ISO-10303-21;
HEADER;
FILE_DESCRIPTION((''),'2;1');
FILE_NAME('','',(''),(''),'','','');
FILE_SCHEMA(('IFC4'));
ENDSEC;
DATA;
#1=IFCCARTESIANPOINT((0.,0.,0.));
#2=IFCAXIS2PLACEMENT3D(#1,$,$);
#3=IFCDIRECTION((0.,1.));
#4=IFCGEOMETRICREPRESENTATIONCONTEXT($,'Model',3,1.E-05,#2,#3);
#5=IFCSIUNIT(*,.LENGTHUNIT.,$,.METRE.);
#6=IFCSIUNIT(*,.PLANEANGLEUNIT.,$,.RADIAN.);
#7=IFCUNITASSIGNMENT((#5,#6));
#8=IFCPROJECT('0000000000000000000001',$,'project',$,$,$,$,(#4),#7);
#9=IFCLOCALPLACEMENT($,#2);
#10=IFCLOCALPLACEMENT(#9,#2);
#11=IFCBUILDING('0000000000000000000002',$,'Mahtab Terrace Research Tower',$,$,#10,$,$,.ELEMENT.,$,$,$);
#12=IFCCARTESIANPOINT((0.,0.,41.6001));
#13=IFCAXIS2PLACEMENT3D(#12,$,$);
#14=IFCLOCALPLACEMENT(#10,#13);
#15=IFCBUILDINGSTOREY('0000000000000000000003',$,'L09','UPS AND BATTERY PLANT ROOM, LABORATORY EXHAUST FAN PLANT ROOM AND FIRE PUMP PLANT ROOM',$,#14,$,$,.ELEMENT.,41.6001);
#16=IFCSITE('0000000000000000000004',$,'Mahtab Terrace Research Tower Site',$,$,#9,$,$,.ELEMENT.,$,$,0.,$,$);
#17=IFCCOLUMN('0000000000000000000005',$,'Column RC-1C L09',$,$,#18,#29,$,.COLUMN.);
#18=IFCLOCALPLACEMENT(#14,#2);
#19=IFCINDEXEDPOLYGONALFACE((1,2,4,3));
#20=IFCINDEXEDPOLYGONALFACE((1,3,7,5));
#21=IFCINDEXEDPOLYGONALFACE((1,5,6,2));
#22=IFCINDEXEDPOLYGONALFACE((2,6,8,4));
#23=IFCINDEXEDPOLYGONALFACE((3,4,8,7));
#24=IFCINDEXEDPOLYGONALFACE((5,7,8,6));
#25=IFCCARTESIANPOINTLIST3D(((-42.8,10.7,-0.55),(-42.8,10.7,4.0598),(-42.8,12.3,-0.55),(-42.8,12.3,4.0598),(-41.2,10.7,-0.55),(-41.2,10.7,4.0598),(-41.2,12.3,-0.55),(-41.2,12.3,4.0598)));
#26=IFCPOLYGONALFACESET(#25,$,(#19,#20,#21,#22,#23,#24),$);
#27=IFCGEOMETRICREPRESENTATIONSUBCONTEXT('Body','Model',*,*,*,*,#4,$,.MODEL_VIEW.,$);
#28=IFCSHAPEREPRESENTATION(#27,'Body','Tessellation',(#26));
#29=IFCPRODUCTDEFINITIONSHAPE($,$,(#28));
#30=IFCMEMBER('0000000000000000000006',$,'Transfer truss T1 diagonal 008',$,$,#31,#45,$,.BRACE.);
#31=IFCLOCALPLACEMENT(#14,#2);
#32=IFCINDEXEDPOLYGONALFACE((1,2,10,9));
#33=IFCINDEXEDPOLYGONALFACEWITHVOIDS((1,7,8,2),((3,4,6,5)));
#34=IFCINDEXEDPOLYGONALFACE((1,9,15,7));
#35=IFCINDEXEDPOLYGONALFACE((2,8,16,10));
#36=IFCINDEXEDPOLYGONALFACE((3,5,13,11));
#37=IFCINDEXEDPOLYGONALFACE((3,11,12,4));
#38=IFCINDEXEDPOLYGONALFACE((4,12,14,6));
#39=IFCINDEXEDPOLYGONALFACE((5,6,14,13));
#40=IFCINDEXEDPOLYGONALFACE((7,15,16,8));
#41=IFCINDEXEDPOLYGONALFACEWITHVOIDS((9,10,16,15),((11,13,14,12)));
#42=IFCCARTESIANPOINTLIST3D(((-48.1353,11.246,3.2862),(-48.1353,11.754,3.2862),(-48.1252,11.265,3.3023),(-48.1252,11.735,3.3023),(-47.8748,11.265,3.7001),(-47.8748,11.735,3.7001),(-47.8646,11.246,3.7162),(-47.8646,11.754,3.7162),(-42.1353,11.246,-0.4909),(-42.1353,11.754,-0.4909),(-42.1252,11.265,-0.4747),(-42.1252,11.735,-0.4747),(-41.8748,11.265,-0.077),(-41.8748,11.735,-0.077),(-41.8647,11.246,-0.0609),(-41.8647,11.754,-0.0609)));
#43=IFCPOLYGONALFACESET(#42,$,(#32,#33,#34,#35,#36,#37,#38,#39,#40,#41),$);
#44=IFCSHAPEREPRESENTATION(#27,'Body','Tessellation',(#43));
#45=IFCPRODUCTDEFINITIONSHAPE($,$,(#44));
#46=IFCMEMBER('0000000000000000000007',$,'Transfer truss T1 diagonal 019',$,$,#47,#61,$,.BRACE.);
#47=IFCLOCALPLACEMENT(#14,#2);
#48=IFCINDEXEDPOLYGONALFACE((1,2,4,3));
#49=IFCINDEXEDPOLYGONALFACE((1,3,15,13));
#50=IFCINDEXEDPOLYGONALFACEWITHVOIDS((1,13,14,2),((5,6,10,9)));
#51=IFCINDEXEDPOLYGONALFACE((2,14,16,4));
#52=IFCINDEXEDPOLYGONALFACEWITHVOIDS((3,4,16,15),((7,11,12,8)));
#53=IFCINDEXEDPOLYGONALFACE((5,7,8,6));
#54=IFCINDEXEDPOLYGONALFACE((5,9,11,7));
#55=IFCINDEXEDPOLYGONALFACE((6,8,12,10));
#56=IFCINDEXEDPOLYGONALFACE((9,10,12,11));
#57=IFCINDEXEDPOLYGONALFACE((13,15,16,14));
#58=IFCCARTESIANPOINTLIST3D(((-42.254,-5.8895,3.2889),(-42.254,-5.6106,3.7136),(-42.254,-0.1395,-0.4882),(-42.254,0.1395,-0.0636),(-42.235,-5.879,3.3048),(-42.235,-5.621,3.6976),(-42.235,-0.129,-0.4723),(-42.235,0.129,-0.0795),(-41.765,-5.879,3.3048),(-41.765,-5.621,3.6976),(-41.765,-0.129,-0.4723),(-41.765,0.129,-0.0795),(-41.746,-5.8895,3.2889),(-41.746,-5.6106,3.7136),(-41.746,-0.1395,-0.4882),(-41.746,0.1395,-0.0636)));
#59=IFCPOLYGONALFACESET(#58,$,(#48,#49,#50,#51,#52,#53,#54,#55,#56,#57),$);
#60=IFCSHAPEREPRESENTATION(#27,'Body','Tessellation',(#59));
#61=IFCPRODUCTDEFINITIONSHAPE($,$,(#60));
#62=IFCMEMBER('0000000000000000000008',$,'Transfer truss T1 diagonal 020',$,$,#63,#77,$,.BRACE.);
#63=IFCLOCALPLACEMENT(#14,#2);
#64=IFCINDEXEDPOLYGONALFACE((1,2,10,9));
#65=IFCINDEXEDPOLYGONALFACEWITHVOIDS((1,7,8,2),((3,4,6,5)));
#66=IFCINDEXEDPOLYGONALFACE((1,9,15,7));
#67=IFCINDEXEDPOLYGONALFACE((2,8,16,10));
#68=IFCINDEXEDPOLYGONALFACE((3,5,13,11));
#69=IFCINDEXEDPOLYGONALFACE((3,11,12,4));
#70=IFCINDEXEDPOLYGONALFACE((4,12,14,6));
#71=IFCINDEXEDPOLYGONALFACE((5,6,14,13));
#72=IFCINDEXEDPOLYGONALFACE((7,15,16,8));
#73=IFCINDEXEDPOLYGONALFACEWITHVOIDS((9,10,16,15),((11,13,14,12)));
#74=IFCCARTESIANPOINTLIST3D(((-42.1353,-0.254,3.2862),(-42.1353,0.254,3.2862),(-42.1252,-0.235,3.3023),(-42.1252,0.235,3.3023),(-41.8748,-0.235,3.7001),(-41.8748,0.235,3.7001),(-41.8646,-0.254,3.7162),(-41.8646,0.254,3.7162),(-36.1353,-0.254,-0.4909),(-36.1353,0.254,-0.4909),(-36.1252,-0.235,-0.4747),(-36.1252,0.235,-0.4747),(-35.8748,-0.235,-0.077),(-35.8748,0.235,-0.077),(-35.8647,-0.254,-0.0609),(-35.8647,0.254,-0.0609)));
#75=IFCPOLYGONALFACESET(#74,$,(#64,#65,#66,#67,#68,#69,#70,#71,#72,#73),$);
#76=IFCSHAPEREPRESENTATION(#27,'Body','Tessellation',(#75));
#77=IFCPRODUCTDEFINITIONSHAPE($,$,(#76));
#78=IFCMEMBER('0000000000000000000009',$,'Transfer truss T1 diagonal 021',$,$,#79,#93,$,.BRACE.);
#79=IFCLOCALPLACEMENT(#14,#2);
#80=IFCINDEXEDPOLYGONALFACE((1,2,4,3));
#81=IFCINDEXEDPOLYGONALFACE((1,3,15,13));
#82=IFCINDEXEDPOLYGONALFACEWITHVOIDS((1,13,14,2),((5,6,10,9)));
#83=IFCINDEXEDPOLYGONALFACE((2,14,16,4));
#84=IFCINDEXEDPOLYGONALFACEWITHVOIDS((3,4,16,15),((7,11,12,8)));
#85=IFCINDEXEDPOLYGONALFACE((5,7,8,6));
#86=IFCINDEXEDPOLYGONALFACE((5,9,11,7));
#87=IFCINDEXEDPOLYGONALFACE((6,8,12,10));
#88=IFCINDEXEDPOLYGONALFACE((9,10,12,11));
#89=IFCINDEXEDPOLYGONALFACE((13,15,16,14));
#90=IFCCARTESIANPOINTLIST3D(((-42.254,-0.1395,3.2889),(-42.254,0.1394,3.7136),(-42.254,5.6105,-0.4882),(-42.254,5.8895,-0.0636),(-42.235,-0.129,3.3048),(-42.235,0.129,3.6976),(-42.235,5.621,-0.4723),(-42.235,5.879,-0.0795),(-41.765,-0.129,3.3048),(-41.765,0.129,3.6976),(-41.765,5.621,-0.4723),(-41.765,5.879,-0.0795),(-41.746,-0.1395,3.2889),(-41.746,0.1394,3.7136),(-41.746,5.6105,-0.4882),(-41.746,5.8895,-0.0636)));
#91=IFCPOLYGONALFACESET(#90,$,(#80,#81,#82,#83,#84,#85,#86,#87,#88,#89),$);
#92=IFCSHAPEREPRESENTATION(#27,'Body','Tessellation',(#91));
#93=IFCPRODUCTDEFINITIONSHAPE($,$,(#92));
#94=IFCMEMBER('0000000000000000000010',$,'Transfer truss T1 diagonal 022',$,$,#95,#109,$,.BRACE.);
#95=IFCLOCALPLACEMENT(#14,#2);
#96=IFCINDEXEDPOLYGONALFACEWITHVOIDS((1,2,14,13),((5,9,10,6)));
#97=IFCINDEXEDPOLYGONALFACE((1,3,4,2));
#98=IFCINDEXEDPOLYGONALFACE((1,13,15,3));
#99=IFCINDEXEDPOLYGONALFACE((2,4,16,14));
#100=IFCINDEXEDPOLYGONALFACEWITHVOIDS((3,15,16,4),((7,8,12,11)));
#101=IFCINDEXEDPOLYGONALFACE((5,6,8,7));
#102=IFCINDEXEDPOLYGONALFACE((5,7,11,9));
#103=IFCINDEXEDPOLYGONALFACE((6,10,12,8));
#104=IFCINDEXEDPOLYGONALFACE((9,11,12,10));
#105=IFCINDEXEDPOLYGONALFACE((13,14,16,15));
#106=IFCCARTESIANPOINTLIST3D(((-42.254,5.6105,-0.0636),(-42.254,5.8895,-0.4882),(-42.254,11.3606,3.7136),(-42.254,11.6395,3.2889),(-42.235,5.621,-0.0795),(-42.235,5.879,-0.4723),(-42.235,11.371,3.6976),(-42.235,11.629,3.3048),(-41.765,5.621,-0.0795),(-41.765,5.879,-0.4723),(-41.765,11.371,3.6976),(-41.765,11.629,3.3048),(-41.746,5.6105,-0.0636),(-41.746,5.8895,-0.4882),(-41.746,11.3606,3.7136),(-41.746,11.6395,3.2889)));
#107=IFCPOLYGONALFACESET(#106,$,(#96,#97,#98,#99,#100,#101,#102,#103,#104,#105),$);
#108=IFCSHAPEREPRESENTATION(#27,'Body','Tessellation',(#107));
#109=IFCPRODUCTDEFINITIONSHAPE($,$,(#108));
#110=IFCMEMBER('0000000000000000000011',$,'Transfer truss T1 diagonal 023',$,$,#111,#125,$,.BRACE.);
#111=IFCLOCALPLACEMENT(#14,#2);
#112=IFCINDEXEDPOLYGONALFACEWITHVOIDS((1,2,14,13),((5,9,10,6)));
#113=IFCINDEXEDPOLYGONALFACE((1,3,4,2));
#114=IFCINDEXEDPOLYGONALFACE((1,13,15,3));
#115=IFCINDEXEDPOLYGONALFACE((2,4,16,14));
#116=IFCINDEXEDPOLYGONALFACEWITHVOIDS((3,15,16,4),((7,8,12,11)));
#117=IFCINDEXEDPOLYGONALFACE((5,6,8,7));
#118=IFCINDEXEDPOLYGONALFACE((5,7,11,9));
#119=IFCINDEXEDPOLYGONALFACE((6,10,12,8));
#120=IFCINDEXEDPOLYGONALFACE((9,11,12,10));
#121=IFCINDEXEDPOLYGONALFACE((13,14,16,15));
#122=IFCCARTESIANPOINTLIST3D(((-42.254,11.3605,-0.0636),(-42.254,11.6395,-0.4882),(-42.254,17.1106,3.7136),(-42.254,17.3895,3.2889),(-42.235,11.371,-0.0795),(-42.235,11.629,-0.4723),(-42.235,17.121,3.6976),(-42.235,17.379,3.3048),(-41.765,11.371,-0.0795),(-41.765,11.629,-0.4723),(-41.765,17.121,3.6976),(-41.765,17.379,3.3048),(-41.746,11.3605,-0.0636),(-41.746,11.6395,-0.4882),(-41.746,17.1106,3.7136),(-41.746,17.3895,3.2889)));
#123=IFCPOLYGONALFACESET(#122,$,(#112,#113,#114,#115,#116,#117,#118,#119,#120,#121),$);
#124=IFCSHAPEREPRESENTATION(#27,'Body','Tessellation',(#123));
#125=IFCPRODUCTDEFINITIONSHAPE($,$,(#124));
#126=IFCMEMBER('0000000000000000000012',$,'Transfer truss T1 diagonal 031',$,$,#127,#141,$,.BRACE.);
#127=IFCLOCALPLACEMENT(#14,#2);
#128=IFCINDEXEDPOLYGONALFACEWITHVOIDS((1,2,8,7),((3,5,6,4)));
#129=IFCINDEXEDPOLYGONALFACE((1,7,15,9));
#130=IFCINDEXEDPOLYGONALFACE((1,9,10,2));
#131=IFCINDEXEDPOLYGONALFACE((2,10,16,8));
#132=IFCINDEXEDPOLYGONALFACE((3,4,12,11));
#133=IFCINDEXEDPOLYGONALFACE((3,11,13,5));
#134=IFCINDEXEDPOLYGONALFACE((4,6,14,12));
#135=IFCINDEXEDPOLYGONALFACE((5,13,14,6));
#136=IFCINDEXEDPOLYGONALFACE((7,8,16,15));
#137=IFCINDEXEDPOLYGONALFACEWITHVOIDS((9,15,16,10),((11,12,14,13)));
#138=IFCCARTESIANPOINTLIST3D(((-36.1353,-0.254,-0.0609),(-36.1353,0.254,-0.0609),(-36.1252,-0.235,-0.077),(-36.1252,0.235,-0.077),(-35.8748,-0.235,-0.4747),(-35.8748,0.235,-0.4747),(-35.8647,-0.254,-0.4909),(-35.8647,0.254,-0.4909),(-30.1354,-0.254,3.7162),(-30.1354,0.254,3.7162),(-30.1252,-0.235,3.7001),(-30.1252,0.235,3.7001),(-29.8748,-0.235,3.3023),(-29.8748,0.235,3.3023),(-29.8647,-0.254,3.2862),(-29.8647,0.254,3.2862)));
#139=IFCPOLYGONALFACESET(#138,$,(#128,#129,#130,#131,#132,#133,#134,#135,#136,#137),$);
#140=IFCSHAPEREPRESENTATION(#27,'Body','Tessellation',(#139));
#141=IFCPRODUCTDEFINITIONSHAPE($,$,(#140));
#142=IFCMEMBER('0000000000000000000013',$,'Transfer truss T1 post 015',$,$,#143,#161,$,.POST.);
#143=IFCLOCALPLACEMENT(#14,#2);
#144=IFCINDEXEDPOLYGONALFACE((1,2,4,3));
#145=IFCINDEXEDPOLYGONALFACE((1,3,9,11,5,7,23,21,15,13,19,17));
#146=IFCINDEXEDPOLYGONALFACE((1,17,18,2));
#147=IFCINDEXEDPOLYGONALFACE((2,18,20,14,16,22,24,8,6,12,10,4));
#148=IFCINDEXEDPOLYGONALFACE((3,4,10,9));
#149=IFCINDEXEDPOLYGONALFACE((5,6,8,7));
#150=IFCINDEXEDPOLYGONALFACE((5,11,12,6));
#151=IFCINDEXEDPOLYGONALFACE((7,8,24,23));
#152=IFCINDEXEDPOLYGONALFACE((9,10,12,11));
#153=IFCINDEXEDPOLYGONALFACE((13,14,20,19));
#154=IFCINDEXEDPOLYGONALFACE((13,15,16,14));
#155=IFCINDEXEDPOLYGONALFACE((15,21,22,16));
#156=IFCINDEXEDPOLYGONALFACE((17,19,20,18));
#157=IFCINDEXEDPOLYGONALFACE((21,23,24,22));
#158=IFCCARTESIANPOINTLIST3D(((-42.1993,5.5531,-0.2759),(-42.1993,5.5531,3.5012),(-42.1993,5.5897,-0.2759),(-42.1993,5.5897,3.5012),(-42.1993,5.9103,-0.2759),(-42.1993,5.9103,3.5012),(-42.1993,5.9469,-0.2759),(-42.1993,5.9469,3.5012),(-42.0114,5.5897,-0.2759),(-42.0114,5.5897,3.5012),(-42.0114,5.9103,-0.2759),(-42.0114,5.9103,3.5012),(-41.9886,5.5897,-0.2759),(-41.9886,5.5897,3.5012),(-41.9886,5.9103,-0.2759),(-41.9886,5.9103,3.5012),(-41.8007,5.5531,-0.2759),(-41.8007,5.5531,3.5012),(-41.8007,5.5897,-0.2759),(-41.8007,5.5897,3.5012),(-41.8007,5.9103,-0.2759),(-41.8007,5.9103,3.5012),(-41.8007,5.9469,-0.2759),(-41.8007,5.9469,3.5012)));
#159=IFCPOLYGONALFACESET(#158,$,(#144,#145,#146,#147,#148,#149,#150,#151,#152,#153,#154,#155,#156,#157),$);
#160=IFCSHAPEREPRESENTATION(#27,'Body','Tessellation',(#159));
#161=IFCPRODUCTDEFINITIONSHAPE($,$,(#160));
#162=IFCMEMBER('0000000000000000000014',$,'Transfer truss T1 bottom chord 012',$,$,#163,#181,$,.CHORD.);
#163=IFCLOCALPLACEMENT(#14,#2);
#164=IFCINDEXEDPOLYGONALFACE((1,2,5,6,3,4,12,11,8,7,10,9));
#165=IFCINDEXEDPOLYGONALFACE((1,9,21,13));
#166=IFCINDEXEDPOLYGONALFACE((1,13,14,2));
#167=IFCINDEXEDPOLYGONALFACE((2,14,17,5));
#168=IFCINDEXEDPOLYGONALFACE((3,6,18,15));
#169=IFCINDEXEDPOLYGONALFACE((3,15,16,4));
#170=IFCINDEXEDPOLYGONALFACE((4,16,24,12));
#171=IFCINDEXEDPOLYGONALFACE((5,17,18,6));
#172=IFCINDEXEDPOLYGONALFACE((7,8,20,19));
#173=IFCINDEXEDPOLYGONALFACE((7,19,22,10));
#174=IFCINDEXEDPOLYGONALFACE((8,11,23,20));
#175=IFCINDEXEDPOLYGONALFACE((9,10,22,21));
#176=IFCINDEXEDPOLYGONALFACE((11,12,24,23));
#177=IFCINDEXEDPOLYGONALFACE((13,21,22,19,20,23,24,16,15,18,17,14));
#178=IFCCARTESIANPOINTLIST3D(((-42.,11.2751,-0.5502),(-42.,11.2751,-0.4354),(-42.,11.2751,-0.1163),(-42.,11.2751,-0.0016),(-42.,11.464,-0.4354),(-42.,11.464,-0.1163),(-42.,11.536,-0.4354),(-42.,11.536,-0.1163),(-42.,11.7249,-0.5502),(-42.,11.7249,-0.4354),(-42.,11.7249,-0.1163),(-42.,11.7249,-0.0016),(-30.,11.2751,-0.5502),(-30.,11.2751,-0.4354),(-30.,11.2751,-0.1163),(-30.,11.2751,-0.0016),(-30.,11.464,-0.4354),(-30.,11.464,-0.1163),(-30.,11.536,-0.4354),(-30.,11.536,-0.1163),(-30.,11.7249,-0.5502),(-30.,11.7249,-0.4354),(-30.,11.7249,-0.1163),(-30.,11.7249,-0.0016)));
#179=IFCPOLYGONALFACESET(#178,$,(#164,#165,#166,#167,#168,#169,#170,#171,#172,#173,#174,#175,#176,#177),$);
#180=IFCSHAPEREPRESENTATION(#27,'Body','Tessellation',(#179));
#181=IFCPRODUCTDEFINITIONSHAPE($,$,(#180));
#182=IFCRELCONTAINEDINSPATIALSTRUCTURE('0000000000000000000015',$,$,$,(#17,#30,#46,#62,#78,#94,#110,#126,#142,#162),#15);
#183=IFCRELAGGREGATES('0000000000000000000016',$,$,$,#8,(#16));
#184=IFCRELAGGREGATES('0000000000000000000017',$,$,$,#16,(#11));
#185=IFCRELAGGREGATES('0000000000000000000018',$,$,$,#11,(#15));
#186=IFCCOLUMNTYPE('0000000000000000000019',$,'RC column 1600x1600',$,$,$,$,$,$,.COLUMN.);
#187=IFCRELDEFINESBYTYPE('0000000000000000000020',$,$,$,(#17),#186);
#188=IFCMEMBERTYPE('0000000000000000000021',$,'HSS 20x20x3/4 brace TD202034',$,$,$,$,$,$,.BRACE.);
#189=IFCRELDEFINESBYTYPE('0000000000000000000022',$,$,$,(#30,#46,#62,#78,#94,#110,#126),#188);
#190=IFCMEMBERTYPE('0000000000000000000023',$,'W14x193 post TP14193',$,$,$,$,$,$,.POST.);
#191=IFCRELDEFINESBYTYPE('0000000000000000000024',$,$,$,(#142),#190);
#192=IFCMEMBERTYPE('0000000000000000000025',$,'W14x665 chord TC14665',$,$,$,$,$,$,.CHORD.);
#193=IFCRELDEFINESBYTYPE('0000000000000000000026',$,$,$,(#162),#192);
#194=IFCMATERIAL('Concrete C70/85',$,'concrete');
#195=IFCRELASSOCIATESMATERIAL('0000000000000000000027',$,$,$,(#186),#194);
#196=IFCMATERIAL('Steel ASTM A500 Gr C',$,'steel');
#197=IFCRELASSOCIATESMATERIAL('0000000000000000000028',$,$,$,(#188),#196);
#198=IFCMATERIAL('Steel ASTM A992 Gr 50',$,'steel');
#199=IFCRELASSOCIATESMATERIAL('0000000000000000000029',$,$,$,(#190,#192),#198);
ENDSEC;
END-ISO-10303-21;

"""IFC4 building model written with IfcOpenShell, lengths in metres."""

from ifc_helpers import new_model, si_unit, direction, frame, origin, origin_2d, place, context, subcontext, project, spatial, rectangle, hollow_rectangle, i_section, extrude, material, material_profile, profile_set, type_object, element, save


model = new_model("IFC4")

# Units and contexts
model_context = context("Model", 3, precision=1e-05, world=origin(), true_north=direction((0.0, 1.0)))
body_context = subcontext(model_context, "Body", "Model", "MODEL_VIEW")
ifc_project = project(units=[si_unit("LENGTHUNIT", "METRE"), si_unit("PLANEANGLEUNIT", "RADIAN")], contexts=[model_context])

# Site, building, storey
site_placement = place(None, origin())
site = spatial("IfcSite", under=ifc_project, at=site_placement, Name="Mahtab Terrace Research Tower Site", CompositionType="ELEMENT", RefElevation=0.0)
building_placement = place(site_placement, origin())
building = spatial("IfcBuilding", under=site, at=building_placement, Name="Mahtab Terrace Research Tower", CompositionType="ELEMENT")
storey_placement = place(building_placement, frame((0.0, 0.0, 41.6001)))
storey = spatial("IfcBuildingStorey", under=building, at=storey_placement, Name="L09", Description="UPS AND BATTERY PLANT ROOM, LABORATORY EXHAUST FAN PLANT ROOM AND FIRE PUMP PLANT ROOM", CompositionType="ELEMENT", Elevation=41.6001)

# Column
ifc_material_1 = material(Name="Concrete C70/85", Category="concrete")
ifc_material_profile_1 = material_profile(ifc_material_1, rectangle(XDim=1.6001, YDim=1.6001, at=origin_2d()), Name="RC column 1600x1600")
ifc_profile_set_1 = profile_set([ifc_material_profile_1], Name="Concrete C70/85")
column_type = type_object("IfcColumnType", Name="RC column 1600x1600", PredefinedType="COLUMN", material=ifc_profile_set_1)
column_placement = place(storey_placement, frame((-42.0, 11.5, -0.55), z_axis=(0.0, 0.0, 1.0), x_axis=(1.0, 0.0, 0.0)))
element("IfcColumn", 1, at=column_placement, inside=storey, type_object=column_type, Name="Column RC-1C L09", PredefinedType="COLUMN", context=body_context, shape_type="SweptSolid", body=[
    extrude(rectangle(XDim=1.6001, YDim=1.6001, at=origin_2d()), origin(), (0.0, 0.0, 1.0), 4.6099),
])

# Members
ifc_material_2 = material(Name="Steel ASTM A500 Gr C", Category="steel")
ifc_material_profile_2 = material_profile(ifc_material_2, hollow_rectangle(XDim=0.5081, YDim=0.5081, WallThickness=0.019, at=origin_2d()), Name="HSS20X20X3/4")
ifc_profile_set_2 = profile_set([ifc_material_profile_2], Name="Steel ASTM A500 Gr C")
member_type_1 = type_object("IfcMemberType", Name="HSS 20x20x3/4 brace TD202034", PredefinedType="BRACE", material=ifc_profile_set_2)
member_1_placement = place(storey_placement, frame((-42.0, 11.5, -0.2759), z_axis=(-0.846276, 0.0, 0.532745), x_axis=(0.0, -1.0, 0.0)))
element("IfcMember", 2, at=member_1_placement, inside=storey, type_object=member_type_1, Name="Transfer truss T1 diagonal 008", PredefinedType="BRACE", context=body_context, shape_type="SweptSolid", body=[
    extrude(hollow_rectangle(XDim=0.5081, YDim=0.5081, WallThickness=0.019, at=origin_2d()), origin(), (0.0, 0.0, 1.0), 7.0898),
])
member_2_placement = place(storey_placement, frame((-42.0, 0.0, -0.2759), z_axis=(0.0, -0.835804, 0.549028), x_axis=(1.0, 0.0, 0.0)))
element("IfcMember", 3, at=member_2_placement, inside=storey, type_object=member_type_1, Name="Transfer truss T1 diagonal 019", PredefinedType="BRACE", context=body_context, shape_type="SweptSolid", body=[
    extrude(hollow_rectangle(XDim=0.5081, YDim=0.5081, WallThickness=0.019, at=origin_2d()), origin(), (0.0, 0.0, 1.0), 6.8796),
])
member_3_placement = place(storey_placement, frame((-36.0, 0.0, -0.2759), z_axis=(-0.846276, 0.0, 0.532745), x_axis=(0.0, -1.0, 0.0)))
element("IfcMember", 4, at=member_3_placement, inside=storey, type_object=member_type_1, Name="Transfer truss T1 diagonal 020", PredefinedType="BRACE", context=body_context, shape_type="SweptSolid", body=[
    extrude(hollow_rectangle(XDim=0.5081, YDim=0.5081, WallThickness=0.019, at=origin_2d()), origin(), (0.0, 0.0, 1.0), 7.0898),
])
for number, where, z_axis, x_axis, name in (
    (5, (-42.0, 5.75, -0.2759), (0.0, -0.835804, 0.549028), (1.0, 0.0, 0.0), "Transfer truss T1 diagonal 021"),
    (6, (-42.0, 5.75, -0.2759), (0.0, 0.835804, 0.549028), (-1.0, 0.0, 0.0), "Transfer truss T1 diagonal 022"),
    (7, (-42.0, 11.5, -0.2759), (0.0, 0.835804, 0.549028), (-1.0, 0.0, 0.0), "Transfer truss T1 diagonal 023"),
):
    element("IfcMember", number, at=place(storey_placement, frame(where, z_axis=z_axis, x_axis=x_axis)), inside=storey, type_object=member_type_1, Name=name, PredefinedType="BRACE", context=body_context, shape_type="SweptSolid", body=[
        extrude(hollow_rectangle(XDim=0.5081, YDim=0.5081, WallThickness=0.019, at=origin_2d()), origin(), (0.0, 0.0, 1.0), 6.8796),
    ])
member_4_placement = place(storey_placement, frame((-36.0, 0.0, -0.2759), z_axis=(0.846276, 0.0, 0.532745), x_axis=(0.0, 1.0, 0.0)))
element("IfcMember", 8, at=member_4_placement, inside=storey, type_object=member_type_1, Name="Transfer truss T1 diagonal 031", PredefinedType="BRACE", context=body_context, shape_type="SweptSolid", body=[
    extrude(hollow_rectangle(XDim=0.5081, YDim=0.5081, WallThickness=0.019, at=origin_2d()), origin(), (0.0, 0.0, 1.0), 7.0898),
])
ifc_material_3 = material(Name="Steel ASTM A992 Gr 50", Category="steel")
ifc_material_profile_3 = material_profile(ifc_material_3, i_section(OverallWidth=0.3987, OverallDepth=0.3938, WebThickness=0.0227, FlangeThickness=0.0366, at=origin_2d()), Name="W14X193")
ifc_profile_set_3 = profile_set([ifc_material_profile_3], Name="Steel ASTM A992 Gr 50")
member_type_2 = type_object("IfcMemberType", Name="W14x193 post TP14193", PredefinedType="POST", material=ifc_profile_set_3)
member_5_placement = place(storey_placement, frame((-42.0, 5.75, -0.2759), z_axis=(0.0, 0.0, 1.0), x_axis=(1.0, 0.0, 0.0)))
element("IfcMember", 9, at=member_5_placement, inside=storey, type_object=member_type_2, Name="Transfer truss T1 post 015", PredefinedType="POST", context=body_context, shape_type="SweptSolid", body=[
    extrude(i_section(OverallWidth=0.3987, OverallDepth=0.3938, WebThickness=0.0227, FlangeThickness=0.0366, at=origin_2d()), origin(), (0.0, 0.0, 1.0), 3.7771),
])
ifc_material_profile_4 = material_profile(ifc_material_3, i_section(OverallWidth=0.4497, OverallDepth=0.5486, WebThickness=0.072, FlangeThickness=0.1147, at=origin_2d()), Name="W14X665")
ifc_profile_set_4 = profile_set([ifc_material_profile_4], Name="Steel ASTM A992 Gr 50")
member_type_3 = type_object("IfcMemberType", Name="W14x665 chord TC14665", PredefinedType="CHORD", material=ifc_profile_set_4)
member_6_placement = place(storey_placement, frame((-42.0, 11.5, -0.2759), z_axis=(1.0, 0.0, 0.0), x_axis=(0.0, 1.0, 0.0)))
element("IfcMember", 10, at=member_6_placement, inside=storey, type_object=member_type_3, Name="Transfer truss T1 bottom chord 012", PredefinedType="CHORD", context=body_context, shape_type="SweptSolid", body=[
    extrude(i_section(OverallWidth=0.4497, OverallDepth=0.5486, WebThickness=0.072, FlangeThickness=0.1147, at=origin_2d()), origin(), (0.0, 0.0, 1.0), 12.0),
])

save(model, "model.ifc")
